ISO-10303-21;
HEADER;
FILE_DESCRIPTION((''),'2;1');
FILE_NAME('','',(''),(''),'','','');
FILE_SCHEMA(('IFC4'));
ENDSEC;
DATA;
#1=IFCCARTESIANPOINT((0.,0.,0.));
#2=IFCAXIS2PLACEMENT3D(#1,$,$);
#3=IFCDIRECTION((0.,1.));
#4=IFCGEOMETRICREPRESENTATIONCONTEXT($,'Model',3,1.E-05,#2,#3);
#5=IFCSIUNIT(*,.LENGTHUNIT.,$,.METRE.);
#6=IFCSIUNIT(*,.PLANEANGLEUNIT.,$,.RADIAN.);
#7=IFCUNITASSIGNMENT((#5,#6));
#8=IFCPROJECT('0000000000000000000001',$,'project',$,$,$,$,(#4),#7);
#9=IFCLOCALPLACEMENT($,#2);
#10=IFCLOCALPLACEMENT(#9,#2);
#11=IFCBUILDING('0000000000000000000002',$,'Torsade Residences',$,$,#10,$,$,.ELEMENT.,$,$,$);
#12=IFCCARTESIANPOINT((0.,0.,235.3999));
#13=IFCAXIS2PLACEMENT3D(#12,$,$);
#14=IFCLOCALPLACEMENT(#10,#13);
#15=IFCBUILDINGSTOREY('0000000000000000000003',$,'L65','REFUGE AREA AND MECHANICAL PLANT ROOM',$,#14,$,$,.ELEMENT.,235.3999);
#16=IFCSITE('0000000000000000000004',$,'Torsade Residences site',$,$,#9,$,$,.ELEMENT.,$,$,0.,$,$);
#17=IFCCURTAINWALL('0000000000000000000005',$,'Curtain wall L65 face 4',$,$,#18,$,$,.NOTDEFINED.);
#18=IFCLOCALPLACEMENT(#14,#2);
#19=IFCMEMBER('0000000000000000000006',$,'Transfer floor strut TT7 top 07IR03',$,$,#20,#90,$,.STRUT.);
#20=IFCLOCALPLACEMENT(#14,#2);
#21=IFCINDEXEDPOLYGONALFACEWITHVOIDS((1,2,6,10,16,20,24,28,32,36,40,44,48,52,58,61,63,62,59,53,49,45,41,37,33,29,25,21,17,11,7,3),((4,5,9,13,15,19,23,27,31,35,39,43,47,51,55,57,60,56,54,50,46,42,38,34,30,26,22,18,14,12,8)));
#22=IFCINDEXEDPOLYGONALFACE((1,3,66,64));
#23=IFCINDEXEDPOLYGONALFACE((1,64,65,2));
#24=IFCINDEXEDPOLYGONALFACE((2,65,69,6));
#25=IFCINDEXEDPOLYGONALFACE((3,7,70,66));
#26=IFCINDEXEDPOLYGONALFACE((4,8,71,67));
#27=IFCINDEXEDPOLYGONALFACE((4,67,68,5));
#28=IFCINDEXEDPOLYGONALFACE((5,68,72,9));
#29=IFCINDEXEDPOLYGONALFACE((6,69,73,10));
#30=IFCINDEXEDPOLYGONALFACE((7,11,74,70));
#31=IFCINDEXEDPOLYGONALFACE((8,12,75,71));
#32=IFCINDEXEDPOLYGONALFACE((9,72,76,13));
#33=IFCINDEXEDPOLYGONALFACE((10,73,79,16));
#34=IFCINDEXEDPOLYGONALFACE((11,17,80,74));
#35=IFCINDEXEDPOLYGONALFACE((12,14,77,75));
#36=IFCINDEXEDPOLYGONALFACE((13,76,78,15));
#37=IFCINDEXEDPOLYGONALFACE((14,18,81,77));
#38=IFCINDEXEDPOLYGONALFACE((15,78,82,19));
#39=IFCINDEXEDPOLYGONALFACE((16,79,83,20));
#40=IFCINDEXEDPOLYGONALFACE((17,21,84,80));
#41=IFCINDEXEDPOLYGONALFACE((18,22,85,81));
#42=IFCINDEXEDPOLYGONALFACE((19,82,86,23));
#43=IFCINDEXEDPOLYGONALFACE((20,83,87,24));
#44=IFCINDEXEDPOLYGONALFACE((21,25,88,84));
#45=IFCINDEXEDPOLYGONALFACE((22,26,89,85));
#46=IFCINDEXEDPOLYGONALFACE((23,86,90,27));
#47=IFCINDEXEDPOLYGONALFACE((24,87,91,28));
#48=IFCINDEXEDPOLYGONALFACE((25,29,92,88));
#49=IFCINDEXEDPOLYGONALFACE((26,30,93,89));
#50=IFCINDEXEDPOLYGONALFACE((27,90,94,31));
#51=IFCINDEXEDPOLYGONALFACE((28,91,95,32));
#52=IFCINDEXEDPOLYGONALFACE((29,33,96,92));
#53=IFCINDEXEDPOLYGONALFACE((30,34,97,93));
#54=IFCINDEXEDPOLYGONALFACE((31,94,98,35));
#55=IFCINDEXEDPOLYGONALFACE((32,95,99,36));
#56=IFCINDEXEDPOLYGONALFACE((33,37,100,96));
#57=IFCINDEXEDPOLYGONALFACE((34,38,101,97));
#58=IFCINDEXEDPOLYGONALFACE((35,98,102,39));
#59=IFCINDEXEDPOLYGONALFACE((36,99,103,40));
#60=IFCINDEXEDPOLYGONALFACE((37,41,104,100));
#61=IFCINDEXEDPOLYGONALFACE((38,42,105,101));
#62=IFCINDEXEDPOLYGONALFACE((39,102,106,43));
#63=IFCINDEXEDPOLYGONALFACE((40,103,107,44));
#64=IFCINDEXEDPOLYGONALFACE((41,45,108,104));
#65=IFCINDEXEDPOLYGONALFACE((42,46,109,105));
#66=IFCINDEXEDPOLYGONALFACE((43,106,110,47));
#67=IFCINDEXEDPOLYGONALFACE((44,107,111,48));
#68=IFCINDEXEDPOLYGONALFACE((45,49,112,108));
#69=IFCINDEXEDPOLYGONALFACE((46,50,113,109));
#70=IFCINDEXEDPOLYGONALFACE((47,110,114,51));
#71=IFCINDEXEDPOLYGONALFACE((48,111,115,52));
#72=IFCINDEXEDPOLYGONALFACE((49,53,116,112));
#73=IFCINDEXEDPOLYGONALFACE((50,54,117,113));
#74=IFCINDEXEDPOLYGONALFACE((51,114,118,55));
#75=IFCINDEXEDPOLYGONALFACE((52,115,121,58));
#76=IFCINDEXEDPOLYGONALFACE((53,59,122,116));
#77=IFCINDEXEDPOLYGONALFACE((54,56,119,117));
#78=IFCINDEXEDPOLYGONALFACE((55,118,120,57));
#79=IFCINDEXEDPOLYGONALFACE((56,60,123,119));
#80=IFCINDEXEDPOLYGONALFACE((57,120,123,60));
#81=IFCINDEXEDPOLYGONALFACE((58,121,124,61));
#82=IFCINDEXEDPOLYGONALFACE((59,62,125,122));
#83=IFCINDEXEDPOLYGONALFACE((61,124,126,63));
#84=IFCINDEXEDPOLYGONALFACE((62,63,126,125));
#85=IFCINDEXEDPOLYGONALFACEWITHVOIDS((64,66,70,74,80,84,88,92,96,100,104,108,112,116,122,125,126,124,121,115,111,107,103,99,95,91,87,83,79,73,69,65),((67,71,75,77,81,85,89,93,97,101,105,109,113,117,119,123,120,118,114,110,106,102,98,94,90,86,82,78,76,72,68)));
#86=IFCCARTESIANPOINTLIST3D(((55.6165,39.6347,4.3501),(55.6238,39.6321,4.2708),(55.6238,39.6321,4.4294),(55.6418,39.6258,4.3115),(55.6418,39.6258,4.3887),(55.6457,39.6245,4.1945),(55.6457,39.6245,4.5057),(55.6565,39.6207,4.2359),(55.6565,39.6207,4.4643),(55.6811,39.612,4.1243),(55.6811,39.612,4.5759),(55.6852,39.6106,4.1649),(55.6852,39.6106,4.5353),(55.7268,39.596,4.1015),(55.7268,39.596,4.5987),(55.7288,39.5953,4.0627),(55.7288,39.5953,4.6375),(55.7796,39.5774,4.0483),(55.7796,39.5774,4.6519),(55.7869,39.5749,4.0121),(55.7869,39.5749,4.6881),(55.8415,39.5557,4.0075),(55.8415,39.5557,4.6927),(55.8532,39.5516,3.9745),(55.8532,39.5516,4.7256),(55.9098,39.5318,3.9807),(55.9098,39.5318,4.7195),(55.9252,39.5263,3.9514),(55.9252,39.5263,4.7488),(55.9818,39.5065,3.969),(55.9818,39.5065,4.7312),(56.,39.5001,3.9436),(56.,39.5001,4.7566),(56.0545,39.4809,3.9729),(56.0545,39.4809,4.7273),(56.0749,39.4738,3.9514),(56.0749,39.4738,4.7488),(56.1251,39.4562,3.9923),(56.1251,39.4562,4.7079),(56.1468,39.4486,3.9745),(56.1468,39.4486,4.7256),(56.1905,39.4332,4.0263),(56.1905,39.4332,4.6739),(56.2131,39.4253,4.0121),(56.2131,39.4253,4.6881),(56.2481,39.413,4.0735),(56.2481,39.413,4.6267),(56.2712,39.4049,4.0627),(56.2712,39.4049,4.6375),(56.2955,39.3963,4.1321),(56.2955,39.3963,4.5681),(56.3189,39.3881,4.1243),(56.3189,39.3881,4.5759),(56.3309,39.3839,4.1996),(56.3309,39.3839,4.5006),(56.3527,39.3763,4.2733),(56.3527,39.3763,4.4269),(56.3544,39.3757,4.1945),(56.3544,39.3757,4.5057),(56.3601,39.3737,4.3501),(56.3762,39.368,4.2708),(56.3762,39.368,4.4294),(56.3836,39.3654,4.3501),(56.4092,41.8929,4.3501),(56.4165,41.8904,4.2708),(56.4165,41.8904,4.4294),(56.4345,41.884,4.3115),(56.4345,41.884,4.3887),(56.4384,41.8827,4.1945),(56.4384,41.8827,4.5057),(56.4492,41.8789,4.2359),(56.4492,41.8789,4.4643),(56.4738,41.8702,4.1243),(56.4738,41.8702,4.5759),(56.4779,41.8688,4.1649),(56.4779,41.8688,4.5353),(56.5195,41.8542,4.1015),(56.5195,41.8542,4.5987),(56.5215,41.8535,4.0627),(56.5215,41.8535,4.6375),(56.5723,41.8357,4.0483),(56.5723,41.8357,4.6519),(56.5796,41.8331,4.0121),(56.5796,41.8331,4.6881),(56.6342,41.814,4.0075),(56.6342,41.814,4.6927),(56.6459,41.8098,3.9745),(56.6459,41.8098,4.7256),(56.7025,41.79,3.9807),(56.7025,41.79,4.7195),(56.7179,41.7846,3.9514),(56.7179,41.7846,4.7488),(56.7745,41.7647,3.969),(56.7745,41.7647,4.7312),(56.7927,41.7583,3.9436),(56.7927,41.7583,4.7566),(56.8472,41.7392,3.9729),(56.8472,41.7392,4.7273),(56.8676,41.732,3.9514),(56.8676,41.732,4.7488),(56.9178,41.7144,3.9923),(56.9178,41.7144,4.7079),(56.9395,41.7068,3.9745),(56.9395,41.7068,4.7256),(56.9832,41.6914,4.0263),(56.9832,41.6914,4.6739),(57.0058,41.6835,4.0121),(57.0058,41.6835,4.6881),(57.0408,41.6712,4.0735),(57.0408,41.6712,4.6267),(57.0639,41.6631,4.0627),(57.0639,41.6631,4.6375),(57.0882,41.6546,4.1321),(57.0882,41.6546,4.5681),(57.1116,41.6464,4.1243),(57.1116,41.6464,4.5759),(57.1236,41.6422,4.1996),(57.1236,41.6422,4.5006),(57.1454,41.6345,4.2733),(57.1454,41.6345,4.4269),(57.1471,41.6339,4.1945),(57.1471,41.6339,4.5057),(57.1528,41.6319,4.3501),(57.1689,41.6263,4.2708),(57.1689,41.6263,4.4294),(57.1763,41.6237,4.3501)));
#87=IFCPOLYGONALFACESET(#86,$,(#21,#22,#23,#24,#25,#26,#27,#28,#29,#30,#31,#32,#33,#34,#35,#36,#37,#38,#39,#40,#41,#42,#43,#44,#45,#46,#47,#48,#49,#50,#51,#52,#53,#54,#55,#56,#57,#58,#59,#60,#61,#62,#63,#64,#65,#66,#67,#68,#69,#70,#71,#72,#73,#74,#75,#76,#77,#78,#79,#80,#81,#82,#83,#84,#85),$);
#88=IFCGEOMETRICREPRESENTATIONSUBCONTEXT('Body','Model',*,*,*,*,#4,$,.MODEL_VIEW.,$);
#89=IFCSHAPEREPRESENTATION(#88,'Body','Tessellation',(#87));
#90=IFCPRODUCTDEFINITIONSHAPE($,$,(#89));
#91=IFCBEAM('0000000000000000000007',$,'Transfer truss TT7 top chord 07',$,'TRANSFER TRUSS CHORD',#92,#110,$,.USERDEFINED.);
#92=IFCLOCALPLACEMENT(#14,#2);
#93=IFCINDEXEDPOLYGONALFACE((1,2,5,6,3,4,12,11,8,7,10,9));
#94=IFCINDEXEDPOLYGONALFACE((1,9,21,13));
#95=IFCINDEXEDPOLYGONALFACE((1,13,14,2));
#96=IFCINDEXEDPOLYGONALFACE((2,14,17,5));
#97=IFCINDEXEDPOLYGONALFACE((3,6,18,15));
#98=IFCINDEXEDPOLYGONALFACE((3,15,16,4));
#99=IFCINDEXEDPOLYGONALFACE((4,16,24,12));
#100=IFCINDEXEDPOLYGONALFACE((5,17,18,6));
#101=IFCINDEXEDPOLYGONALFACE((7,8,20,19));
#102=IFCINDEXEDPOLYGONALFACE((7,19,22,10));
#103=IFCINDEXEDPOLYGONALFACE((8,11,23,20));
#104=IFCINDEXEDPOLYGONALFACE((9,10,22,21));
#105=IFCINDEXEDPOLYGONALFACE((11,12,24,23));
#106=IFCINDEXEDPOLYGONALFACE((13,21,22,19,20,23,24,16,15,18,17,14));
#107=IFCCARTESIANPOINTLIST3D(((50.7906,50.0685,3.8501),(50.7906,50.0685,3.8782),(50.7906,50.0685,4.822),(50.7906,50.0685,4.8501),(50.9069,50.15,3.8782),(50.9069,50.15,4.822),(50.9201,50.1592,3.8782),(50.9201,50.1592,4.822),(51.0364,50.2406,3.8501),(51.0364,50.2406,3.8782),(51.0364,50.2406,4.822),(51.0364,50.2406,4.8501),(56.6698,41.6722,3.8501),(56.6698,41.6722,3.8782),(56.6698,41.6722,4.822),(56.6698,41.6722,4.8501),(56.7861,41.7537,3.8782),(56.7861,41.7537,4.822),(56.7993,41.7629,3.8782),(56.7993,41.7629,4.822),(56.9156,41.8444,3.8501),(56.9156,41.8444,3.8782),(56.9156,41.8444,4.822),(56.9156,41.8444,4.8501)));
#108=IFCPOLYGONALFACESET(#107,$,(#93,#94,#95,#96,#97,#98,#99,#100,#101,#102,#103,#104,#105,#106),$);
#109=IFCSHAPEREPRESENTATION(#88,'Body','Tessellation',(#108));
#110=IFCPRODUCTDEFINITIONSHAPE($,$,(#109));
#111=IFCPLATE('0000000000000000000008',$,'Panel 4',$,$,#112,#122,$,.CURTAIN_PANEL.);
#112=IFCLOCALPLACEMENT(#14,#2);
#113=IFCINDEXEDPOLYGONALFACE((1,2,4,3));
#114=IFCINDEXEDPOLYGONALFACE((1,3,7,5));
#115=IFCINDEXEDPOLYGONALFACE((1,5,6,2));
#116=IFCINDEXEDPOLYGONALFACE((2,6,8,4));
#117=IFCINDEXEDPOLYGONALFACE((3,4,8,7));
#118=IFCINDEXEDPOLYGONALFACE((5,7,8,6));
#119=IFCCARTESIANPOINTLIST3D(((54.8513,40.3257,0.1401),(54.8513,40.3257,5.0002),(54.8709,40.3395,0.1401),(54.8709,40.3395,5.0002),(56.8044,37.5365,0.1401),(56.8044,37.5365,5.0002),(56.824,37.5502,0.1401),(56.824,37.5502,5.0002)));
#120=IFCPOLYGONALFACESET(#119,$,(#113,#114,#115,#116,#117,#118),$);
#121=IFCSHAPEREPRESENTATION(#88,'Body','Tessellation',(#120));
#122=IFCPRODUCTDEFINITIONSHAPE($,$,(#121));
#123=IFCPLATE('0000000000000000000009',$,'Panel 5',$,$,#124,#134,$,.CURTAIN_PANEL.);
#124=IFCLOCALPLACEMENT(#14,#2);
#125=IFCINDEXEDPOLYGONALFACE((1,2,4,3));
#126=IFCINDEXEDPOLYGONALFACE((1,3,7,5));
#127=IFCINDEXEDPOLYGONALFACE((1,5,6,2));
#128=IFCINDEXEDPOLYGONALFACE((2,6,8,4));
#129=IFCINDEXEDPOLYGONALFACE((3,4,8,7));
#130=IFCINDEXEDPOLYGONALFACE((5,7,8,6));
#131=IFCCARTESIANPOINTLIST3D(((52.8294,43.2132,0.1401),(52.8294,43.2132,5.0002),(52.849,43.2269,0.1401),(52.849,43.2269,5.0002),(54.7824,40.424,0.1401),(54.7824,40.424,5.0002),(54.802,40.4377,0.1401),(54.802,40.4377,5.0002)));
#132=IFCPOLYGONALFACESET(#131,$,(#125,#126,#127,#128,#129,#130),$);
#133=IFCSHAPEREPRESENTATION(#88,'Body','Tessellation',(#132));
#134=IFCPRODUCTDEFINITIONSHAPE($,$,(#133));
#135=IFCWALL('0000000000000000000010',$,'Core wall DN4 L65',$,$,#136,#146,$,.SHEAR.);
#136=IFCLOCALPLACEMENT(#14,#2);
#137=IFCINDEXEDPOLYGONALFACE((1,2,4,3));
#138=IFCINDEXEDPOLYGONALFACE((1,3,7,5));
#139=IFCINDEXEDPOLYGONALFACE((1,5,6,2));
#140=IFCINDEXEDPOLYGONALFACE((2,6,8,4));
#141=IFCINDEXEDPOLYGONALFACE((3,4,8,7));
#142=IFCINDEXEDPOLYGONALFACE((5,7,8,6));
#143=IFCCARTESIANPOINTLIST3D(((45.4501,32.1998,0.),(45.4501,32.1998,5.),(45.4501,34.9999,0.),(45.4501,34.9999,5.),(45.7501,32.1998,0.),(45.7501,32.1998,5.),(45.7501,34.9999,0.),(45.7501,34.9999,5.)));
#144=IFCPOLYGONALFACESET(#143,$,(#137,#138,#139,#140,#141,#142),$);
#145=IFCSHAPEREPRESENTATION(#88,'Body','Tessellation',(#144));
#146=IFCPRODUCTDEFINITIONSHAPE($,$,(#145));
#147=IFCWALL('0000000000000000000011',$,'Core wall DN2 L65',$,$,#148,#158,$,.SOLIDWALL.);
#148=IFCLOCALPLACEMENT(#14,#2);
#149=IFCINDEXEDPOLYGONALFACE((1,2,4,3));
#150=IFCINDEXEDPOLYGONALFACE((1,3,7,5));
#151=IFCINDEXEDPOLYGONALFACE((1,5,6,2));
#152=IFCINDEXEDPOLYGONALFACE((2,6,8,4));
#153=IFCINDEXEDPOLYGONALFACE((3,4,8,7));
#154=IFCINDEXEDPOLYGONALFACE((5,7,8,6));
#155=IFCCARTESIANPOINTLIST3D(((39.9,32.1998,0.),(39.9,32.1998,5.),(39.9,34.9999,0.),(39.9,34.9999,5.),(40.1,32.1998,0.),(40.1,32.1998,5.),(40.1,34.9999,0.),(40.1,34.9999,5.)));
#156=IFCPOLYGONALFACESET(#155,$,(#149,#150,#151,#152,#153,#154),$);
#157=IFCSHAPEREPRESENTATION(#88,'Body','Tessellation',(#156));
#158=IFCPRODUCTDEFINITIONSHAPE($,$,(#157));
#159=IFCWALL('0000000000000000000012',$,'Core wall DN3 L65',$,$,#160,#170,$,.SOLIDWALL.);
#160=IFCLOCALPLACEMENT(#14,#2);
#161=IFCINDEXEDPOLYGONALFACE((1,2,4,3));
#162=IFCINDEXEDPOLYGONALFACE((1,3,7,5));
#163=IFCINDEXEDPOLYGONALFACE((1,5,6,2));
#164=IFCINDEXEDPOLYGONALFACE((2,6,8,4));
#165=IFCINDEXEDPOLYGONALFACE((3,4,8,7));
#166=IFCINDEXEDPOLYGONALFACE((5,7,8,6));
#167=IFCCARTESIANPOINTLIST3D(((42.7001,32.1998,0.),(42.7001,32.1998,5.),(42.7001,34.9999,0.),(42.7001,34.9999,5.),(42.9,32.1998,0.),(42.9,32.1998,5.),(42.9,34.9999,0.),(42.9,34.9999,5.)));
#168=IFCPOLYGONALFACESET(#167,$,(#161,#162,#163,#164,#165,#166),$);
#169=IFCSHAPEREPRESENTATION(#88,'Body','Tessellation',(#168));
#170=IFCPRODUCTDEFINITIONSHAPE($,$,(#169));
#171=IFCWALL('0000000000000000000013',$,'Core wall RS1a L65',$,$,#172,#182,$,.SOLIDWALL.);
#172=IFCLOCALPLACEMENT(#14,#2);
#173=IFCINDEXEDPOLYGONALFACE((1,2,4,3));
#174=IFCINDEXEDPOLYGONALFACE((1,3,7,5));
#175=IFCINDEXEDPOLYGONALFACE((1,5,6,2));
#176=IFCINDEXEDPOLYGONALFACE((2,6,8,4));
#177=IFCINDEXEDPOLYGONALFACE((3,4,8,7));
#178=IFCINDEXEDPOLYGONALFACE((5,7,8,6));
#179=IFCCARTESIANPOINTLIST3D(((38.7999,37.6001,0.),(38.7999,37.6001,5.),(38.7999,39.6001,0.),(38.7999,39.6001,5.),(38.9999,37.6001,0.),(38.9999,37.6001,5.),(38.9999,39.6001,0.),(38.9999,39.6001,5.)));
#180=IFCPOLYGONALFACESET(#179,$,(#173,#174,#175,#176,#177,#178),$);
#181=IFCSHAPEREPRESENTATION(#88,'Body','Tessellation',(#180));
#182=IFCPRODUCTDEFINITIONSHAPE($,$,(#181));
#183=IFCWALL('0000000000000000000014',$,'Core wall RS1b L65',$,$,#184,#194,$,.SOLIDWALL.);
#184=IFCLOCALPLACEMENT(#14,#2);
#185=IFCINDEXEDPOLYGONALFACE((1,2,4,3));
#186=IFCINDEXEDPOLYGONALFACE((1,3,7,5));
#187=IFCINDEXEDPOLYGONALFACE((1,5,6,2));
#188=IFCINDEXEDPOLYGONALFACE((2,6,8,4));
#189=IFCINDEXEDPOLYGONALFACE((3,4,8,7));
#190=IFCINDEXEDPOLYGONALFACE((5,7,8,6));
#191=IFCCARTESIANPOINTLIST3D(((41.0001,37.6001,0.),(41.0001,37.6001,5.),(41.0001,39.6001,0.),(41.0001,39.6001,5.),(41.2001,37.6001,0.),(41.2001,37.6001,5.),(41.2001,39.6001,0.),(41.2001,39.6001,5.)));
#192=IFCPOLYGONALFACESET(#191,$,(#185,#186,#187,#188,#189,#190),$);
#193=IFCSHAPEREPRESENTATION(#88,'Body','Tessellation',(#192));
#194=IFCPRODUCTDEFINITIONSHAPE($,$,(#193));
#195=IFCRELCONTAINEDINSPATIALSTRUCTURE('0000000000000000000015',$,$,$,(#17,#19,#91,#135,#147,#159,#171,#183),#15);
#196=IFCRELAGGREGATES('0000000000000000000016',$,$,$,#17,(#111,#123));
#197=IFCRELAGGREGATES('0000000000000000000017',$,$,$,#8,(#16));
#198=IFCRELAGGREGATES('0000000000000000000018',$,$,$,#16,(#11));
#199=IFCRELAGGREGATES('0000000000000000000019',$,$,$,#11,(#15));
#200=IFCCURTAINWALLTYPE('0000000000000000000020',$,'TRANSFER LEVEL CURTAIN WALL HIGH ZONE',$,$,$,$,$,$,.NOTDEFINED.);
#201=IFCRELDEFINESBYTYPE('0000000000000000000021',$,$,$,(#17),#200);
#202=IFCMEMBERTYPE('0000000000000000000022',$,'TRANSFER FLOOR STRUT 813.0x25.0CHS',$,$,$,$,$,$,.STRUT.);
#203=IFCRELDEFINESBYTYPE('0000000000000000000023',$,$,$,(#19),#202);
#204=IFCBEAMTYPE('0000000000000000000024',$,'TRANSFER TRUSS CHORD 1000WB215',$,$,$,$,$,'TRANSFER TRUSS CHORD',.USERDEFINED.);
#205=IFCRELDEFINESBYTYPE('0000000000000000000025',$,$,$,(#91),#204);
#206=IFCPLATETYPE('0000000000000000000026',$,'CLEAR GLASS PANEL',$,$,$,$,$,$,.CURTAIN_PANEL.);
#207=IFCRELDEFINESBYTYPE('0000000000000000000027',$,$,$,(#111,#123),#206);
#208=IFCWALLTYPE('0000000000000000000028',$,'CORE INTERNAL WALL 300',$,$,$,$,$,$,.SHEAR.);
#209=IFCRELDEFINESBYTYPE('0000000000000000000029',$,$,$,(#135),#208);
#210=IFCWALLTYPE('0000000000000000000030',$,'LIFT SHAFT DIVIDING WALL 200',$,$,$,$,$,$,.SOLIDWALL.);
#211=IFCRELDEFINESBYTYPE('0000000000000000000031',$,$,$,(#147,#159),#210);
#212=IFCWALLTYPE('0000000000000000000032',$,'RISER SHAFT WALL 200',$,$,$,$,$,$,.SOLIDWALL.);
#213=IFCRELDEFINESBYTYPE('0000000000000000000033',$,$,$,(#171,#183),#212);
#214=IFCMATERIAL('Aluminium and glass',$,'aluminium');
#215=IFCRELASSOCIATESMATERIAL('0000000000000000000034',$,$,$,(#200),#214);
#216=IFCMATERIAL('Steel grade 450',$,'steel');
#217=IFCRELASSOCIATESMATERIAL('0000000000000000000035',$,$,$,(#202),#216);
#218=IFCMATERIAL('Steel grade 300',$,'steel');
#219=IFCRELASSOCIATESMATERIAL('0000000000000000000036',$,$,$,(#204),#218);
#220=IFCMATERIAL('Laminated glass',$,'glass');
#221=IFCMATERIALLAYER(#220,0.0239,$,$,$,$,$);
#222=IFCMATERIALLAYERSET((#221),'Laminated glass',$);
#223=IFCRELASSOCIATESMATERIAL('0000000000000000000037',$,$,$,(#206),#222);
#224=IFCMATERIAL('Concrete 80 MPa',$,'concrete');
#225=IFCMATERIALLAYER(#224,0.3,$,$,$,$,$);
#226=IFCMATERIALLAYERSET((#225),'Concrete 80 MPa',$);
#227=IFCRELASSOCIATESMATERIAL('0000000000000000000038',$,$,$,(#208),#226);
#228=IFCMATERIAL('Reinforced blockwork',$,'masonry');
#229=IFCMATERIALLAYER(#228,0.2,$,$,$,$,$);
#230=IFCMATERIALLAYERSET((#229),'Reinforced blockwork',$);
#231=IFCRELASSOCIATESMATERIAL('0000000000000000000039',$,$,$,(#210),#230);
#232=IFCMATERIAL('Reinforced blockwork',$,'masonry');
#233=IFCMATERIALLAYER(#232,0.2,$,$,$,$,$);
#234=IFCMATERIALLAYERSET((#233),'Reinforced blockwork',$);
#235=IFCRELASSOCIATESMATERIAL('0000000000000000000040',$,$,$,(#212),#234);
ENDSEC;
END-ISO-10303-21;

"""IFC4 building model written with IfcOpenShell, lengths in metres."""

from ifc_helpers import new_model, si_unit, direction, frame, frame_2d, origin, origin_2d, place, context, subcontext, project, spatial, rectangle, hollow_circle, i_section, extrude, material, layer, layer_set, material_profile, profile_set, type_object, element, aggregate, save


model = new_model("IFC4")

# Units and contexts
model_context = context("Model", 3, precision=1e-05, world=origin(), true_north=direction((0.0, 1.0)))
body_context = subcontext(model_context, "Body", "Model", "MODEL_VIEW")
ifc_project = project(units=[si_unit("LENGTHUNIT", "METRE"), si_unit("PLANEANGLEUNIT", "RADIAN")], contexts=[model_context])

# Site, building, storey
site_placement = place(None, origin())
site = spatial("IfcSite", under=ifc_project, at=site_placement, Name="Torsade Residences site", CompositionType="ELEMENT", RefElevation=0.0)
building_placement = place(site_placement, origin())
building = spatial("IfcBuilding", under=site, at=building_placement, Name="Torsade Residences", CompositionType="ELEMENT")
storey_placement = place(building_placement, frame((0.0, 0.0, 235.3999)))
storey = spatial("IfcBuildingStorey", under=building, at=storey_placement, Name="L65", Description="REFUGE AREA AND MECHANICAL PLANT ROOM", CompositionType="ELEMENT", Elevation=235.3999)

# Curtain wall
ifc_material_1 = material(Name="Aluminium and glass", Category="aluminium")
curtain_wall_type = type_object("IfcCurtainWallType", Name="TRANSFER LEVEL CURTAIN WALL HIGH ZONE", PredefinedType="NOTDEFINED", material=ifc_material_1)
curtain_wall_placement = place(storey_placement, origin())
curtain_wall = element("IfcCurtainWall", 1, at=curtain_wall_placement, inside=storey, type_object=curtain_wall_type, Name="Curtain wall L65 face 4", PredefinedType="NOTDEFINED")

# Member
ifc_material_2 = material(Name="Steel grade 450", Category="steel")
ifc_material_profile_1 = material_profile(ifc_material_2, hollow_circle(Radius=0.4065, WallThickness=0.0249, at=origin_2d()), Name="813.0x25.0CHS")
ifc_profile_set_1 = profile_set([ifc_material_profile_1], Name="Steel grade 450")
member_type_1 = type_object("IfcMemberType", Name="TRANSFER FLOOR STRUT 813.0x25.0CHS", PredefinedType="STRUT", material=ifc_profile_set_1)
member_1_placement = place(storey_placement, frame((56.7927, 41.7583, 4.3501), z_axis=(-0.331214, -0.943556, 0.0), x_axis=(0.943556, -0.331214, 0.0)))
element("IfcMember", 2, at=member_1_placement, inside=storey, type_object=member_type_1, Name="Transfer floor strut TT7 top 07IR03", PredefinedType="STRUT", context=body_context, shape_type="SweptSolid", body=[
    extrude(hollow_circle(Radius=0.4065, WallThickness=0.0249, at=origin_2d()), origin(), (0.0, 0.0, 1.0), 2.3933),
])

# Beam
ifc_material_3 = material(Name="Steel grade 300", Category="steel")
ifc_material_profile_2 = material_profile(ifc_material_3, i_section(OverallWidth=0.3, OverallDepth=1.0, WebThickness=0.0161, FlangeThickness=0.0281, at=origin_2d()), Name="1000WB215")
ifc_profile_set_2 = profile_set([ifc_material_profile_2], Name="Steel grade 300")
beam_type_1 = type_object("IfcBeamType", Name="TRANSFER TRUSS CHORD 1000WB215", ElementType="TRANSFER TRUSS CHORD", PredefinedType="USERDEFINED", material=ifc_profile_set_2)
beam_1_placement = place(storey_placement, frame((56.7927, 41.7583, 4.3501), z_axis=(-0.573579, 0.81915, 0.0), x_axis=(-0.81915, -0.573579, 0.0)))
element("IfcBeam", 3, at=beam_1_placement, inside=storey, type_object=beam_type_1, Name="Transfer truss TT7 top chord 07", ObjectType="TRANSFER TRUSS CHORD", PredefinedType="USERDEFINED", context=body_context, shape_type="SweptSolid", body=[
    extrude(i_section(OverallWidth=0.3, OverallDepth=1.0, WebThickness=0.0161, FlangeThickness=0.0281, at=origin_2d()), origin(), (0.0, 0.0, 1.0), 10.25),
])

# Plates
ifc_material_4 = material(Name="Laminated glass", Category="glass")
ifc_layer_1 = layer(ifc_material_4, 0.0239)
ifc_layer_set_1 = layer_set([ifc_layer_1], Name="Laminated glass")
plate_type = type_object("IfcPlateType", Name="CLEAR GLASS PANEL", PredefinedType="CURTAIN_PANEL", material=ifc_layer_set_1)
plate_1_placement = place(storey_placement, frame((55.8376, 38.938, 0.1401), z_axis=(0.0, 0.0, 1.0), x_axis=(-0.573576, 0.819152, 0.0)))
plate_1 = element("IfcPlate", 4, at=plate_1_placement, type_object=plate_type, Name="Panel 4", PredefinedType="CURTAIN_PANEL", context=body_context, shape_type="SweptSolid", body=[
    extrude(rectangle(XDim=3.405, YDim=0.0239, at=origin_2d()), origin(), (0.0, 0.0, 1.0), 4.8601),
])
plate_2_placement = place(storey_placement, frame((53.8157, 41.8254, 0.1401), z_axis=(0.0, 0.0, 1.0), x_axis=(-0.573576, 0.819152, 0.0)))
plate_2 = element("IfcPlate", 5, at=plate_2_placement, type_object=plate_type, Name="Panel 5", PredefinedType="CURTAIN_PANEL", context=body_context, shape_type="SweptSolid", body=[
    extrude(rectangle(XDim=3.405, YDim=0.0239, at=origin_2d()), origin(), (0.0, 0.0, 1.0), 4.8601),
])
aggregate(curtain_wall, [plate_1, plate_2])

# Walls
ifc_material_5 = material(Name="Concrete 80 MPa", Category="concrete")
ifc_layer_2 = layer(ifc_material_5, 0.3)
ifc_layer_set_2 = layer_set([ifc_layer_2], Name="Concrete 80 MPa")
wall_type_1 = type_object("IfcWallType", Name="CORE INTERNAL WALL 300", PredefinedType="SHEAR", material=ifc_layer_set_2)
wall_1_placement = place(storey_placement, frame((45.6001, 32.2, 0.0), z_axis=(0.0, 0.0, 1.0), x_axis=(0.0, 1.0, 0.0)))
element("IfcWall", 6, at=wall_1_placement, inside=storey, type_object=wall_type_1, Name="Core wall DN4 L65", PredefinedType="SHEAR", context=body_context, shape_type="SweptSolid", body=[
    extrude(rectangle(XDim=2.8, YDim=0.3, at=frame_2d((1.3999, 0.0))), origin(), (0.0, 0.0, 1.0), 5.0),
])
ifc_material_6 = material(Name="Reinforced blockwork", Category="masonry")
ifc_layer_3 = layer(ifc_material_6, 0.2)
ifc_layer_set_3 = layer_set([ifc_layer_3], Name="Reinforced blockwork")
wall_type_2 = type_object("IfcWallType", Name="LIFT SHAFT DIVIDING WALL 200", PredefinedType="SOLIDWALL", material=ifc_layer_set_3)
for number, where, z_axis, x_axis, name in (
    (7, (40.0, 32.2, 0.0), (0.0, 0.0, 1.0), (0.0, 1.0, 0.0), "Core wall DN2 L65"),
    (8, (42.8, 32.2, 0.0), (0.0, 0.0, 1.0), (0.0, 1.0, 0.0), "Core wall DN3 L65"),
):
    element("IfcWall", number, at=place(storey_placement, frame(where, z_axis=z_axis, x_axis=x_axis)), inside=storey, type_object=wall_type_2, Name=name, PredefinedType="SOLIDWALL", context=body_context, shape_type="SweptSolid", body=[
        extrude(rectangle(XDim=2.8, YDim=0.2, at=frame_2d((1.3999, 0.0))), origin(), (0.0, 0.0, 1.0), 5.0),
    ])
ifc_material_7 = material(Name="Reinforced blockwork", Category="masonry")
ifc_layer_4 = layer(ifc_material_7, 0.2)
ifc_layer_set_4 = layer_set([ifc_layer_4], Name="Reinforced blockwork")
wall_type_3 = type_object("IfcWallType", Name="RISER SHAFT WALL 200", PredefinedType="SOLIDWALL", material=ifc_layer_set_4)
for number, where, z_axis, x_axis, name in (
    (9, (38.8999, 37.6001, 0.0), (0.0, 0.0, 1.0), (0.0, 1.0, 0.0), "Core wall RS1a L65"),
    (10, (41.1001, 37.6001, 0.0), (0.0, 0.0, 1.0), (0.0, 1.0, 0.0), "Core wall RS1b L65"),
):
    element("IfcWall", number, at=place(storey_placement, frame(where, z_axis=z_axis, x_axis=x_axis)), inside=storey, type_object=wall_type_3, Name=name, PredefinedType="SOLIDWALL", context=body_context, shape_type="SweptSolid", body=[
        extrude(rectangle(XDim=2.0, YDim=0.2, at=frame_2d((1.0, 0.0))), origin(), (0.0, 0.0, 1.0), 5.0),
    ])

save(model, "model.ifc")
